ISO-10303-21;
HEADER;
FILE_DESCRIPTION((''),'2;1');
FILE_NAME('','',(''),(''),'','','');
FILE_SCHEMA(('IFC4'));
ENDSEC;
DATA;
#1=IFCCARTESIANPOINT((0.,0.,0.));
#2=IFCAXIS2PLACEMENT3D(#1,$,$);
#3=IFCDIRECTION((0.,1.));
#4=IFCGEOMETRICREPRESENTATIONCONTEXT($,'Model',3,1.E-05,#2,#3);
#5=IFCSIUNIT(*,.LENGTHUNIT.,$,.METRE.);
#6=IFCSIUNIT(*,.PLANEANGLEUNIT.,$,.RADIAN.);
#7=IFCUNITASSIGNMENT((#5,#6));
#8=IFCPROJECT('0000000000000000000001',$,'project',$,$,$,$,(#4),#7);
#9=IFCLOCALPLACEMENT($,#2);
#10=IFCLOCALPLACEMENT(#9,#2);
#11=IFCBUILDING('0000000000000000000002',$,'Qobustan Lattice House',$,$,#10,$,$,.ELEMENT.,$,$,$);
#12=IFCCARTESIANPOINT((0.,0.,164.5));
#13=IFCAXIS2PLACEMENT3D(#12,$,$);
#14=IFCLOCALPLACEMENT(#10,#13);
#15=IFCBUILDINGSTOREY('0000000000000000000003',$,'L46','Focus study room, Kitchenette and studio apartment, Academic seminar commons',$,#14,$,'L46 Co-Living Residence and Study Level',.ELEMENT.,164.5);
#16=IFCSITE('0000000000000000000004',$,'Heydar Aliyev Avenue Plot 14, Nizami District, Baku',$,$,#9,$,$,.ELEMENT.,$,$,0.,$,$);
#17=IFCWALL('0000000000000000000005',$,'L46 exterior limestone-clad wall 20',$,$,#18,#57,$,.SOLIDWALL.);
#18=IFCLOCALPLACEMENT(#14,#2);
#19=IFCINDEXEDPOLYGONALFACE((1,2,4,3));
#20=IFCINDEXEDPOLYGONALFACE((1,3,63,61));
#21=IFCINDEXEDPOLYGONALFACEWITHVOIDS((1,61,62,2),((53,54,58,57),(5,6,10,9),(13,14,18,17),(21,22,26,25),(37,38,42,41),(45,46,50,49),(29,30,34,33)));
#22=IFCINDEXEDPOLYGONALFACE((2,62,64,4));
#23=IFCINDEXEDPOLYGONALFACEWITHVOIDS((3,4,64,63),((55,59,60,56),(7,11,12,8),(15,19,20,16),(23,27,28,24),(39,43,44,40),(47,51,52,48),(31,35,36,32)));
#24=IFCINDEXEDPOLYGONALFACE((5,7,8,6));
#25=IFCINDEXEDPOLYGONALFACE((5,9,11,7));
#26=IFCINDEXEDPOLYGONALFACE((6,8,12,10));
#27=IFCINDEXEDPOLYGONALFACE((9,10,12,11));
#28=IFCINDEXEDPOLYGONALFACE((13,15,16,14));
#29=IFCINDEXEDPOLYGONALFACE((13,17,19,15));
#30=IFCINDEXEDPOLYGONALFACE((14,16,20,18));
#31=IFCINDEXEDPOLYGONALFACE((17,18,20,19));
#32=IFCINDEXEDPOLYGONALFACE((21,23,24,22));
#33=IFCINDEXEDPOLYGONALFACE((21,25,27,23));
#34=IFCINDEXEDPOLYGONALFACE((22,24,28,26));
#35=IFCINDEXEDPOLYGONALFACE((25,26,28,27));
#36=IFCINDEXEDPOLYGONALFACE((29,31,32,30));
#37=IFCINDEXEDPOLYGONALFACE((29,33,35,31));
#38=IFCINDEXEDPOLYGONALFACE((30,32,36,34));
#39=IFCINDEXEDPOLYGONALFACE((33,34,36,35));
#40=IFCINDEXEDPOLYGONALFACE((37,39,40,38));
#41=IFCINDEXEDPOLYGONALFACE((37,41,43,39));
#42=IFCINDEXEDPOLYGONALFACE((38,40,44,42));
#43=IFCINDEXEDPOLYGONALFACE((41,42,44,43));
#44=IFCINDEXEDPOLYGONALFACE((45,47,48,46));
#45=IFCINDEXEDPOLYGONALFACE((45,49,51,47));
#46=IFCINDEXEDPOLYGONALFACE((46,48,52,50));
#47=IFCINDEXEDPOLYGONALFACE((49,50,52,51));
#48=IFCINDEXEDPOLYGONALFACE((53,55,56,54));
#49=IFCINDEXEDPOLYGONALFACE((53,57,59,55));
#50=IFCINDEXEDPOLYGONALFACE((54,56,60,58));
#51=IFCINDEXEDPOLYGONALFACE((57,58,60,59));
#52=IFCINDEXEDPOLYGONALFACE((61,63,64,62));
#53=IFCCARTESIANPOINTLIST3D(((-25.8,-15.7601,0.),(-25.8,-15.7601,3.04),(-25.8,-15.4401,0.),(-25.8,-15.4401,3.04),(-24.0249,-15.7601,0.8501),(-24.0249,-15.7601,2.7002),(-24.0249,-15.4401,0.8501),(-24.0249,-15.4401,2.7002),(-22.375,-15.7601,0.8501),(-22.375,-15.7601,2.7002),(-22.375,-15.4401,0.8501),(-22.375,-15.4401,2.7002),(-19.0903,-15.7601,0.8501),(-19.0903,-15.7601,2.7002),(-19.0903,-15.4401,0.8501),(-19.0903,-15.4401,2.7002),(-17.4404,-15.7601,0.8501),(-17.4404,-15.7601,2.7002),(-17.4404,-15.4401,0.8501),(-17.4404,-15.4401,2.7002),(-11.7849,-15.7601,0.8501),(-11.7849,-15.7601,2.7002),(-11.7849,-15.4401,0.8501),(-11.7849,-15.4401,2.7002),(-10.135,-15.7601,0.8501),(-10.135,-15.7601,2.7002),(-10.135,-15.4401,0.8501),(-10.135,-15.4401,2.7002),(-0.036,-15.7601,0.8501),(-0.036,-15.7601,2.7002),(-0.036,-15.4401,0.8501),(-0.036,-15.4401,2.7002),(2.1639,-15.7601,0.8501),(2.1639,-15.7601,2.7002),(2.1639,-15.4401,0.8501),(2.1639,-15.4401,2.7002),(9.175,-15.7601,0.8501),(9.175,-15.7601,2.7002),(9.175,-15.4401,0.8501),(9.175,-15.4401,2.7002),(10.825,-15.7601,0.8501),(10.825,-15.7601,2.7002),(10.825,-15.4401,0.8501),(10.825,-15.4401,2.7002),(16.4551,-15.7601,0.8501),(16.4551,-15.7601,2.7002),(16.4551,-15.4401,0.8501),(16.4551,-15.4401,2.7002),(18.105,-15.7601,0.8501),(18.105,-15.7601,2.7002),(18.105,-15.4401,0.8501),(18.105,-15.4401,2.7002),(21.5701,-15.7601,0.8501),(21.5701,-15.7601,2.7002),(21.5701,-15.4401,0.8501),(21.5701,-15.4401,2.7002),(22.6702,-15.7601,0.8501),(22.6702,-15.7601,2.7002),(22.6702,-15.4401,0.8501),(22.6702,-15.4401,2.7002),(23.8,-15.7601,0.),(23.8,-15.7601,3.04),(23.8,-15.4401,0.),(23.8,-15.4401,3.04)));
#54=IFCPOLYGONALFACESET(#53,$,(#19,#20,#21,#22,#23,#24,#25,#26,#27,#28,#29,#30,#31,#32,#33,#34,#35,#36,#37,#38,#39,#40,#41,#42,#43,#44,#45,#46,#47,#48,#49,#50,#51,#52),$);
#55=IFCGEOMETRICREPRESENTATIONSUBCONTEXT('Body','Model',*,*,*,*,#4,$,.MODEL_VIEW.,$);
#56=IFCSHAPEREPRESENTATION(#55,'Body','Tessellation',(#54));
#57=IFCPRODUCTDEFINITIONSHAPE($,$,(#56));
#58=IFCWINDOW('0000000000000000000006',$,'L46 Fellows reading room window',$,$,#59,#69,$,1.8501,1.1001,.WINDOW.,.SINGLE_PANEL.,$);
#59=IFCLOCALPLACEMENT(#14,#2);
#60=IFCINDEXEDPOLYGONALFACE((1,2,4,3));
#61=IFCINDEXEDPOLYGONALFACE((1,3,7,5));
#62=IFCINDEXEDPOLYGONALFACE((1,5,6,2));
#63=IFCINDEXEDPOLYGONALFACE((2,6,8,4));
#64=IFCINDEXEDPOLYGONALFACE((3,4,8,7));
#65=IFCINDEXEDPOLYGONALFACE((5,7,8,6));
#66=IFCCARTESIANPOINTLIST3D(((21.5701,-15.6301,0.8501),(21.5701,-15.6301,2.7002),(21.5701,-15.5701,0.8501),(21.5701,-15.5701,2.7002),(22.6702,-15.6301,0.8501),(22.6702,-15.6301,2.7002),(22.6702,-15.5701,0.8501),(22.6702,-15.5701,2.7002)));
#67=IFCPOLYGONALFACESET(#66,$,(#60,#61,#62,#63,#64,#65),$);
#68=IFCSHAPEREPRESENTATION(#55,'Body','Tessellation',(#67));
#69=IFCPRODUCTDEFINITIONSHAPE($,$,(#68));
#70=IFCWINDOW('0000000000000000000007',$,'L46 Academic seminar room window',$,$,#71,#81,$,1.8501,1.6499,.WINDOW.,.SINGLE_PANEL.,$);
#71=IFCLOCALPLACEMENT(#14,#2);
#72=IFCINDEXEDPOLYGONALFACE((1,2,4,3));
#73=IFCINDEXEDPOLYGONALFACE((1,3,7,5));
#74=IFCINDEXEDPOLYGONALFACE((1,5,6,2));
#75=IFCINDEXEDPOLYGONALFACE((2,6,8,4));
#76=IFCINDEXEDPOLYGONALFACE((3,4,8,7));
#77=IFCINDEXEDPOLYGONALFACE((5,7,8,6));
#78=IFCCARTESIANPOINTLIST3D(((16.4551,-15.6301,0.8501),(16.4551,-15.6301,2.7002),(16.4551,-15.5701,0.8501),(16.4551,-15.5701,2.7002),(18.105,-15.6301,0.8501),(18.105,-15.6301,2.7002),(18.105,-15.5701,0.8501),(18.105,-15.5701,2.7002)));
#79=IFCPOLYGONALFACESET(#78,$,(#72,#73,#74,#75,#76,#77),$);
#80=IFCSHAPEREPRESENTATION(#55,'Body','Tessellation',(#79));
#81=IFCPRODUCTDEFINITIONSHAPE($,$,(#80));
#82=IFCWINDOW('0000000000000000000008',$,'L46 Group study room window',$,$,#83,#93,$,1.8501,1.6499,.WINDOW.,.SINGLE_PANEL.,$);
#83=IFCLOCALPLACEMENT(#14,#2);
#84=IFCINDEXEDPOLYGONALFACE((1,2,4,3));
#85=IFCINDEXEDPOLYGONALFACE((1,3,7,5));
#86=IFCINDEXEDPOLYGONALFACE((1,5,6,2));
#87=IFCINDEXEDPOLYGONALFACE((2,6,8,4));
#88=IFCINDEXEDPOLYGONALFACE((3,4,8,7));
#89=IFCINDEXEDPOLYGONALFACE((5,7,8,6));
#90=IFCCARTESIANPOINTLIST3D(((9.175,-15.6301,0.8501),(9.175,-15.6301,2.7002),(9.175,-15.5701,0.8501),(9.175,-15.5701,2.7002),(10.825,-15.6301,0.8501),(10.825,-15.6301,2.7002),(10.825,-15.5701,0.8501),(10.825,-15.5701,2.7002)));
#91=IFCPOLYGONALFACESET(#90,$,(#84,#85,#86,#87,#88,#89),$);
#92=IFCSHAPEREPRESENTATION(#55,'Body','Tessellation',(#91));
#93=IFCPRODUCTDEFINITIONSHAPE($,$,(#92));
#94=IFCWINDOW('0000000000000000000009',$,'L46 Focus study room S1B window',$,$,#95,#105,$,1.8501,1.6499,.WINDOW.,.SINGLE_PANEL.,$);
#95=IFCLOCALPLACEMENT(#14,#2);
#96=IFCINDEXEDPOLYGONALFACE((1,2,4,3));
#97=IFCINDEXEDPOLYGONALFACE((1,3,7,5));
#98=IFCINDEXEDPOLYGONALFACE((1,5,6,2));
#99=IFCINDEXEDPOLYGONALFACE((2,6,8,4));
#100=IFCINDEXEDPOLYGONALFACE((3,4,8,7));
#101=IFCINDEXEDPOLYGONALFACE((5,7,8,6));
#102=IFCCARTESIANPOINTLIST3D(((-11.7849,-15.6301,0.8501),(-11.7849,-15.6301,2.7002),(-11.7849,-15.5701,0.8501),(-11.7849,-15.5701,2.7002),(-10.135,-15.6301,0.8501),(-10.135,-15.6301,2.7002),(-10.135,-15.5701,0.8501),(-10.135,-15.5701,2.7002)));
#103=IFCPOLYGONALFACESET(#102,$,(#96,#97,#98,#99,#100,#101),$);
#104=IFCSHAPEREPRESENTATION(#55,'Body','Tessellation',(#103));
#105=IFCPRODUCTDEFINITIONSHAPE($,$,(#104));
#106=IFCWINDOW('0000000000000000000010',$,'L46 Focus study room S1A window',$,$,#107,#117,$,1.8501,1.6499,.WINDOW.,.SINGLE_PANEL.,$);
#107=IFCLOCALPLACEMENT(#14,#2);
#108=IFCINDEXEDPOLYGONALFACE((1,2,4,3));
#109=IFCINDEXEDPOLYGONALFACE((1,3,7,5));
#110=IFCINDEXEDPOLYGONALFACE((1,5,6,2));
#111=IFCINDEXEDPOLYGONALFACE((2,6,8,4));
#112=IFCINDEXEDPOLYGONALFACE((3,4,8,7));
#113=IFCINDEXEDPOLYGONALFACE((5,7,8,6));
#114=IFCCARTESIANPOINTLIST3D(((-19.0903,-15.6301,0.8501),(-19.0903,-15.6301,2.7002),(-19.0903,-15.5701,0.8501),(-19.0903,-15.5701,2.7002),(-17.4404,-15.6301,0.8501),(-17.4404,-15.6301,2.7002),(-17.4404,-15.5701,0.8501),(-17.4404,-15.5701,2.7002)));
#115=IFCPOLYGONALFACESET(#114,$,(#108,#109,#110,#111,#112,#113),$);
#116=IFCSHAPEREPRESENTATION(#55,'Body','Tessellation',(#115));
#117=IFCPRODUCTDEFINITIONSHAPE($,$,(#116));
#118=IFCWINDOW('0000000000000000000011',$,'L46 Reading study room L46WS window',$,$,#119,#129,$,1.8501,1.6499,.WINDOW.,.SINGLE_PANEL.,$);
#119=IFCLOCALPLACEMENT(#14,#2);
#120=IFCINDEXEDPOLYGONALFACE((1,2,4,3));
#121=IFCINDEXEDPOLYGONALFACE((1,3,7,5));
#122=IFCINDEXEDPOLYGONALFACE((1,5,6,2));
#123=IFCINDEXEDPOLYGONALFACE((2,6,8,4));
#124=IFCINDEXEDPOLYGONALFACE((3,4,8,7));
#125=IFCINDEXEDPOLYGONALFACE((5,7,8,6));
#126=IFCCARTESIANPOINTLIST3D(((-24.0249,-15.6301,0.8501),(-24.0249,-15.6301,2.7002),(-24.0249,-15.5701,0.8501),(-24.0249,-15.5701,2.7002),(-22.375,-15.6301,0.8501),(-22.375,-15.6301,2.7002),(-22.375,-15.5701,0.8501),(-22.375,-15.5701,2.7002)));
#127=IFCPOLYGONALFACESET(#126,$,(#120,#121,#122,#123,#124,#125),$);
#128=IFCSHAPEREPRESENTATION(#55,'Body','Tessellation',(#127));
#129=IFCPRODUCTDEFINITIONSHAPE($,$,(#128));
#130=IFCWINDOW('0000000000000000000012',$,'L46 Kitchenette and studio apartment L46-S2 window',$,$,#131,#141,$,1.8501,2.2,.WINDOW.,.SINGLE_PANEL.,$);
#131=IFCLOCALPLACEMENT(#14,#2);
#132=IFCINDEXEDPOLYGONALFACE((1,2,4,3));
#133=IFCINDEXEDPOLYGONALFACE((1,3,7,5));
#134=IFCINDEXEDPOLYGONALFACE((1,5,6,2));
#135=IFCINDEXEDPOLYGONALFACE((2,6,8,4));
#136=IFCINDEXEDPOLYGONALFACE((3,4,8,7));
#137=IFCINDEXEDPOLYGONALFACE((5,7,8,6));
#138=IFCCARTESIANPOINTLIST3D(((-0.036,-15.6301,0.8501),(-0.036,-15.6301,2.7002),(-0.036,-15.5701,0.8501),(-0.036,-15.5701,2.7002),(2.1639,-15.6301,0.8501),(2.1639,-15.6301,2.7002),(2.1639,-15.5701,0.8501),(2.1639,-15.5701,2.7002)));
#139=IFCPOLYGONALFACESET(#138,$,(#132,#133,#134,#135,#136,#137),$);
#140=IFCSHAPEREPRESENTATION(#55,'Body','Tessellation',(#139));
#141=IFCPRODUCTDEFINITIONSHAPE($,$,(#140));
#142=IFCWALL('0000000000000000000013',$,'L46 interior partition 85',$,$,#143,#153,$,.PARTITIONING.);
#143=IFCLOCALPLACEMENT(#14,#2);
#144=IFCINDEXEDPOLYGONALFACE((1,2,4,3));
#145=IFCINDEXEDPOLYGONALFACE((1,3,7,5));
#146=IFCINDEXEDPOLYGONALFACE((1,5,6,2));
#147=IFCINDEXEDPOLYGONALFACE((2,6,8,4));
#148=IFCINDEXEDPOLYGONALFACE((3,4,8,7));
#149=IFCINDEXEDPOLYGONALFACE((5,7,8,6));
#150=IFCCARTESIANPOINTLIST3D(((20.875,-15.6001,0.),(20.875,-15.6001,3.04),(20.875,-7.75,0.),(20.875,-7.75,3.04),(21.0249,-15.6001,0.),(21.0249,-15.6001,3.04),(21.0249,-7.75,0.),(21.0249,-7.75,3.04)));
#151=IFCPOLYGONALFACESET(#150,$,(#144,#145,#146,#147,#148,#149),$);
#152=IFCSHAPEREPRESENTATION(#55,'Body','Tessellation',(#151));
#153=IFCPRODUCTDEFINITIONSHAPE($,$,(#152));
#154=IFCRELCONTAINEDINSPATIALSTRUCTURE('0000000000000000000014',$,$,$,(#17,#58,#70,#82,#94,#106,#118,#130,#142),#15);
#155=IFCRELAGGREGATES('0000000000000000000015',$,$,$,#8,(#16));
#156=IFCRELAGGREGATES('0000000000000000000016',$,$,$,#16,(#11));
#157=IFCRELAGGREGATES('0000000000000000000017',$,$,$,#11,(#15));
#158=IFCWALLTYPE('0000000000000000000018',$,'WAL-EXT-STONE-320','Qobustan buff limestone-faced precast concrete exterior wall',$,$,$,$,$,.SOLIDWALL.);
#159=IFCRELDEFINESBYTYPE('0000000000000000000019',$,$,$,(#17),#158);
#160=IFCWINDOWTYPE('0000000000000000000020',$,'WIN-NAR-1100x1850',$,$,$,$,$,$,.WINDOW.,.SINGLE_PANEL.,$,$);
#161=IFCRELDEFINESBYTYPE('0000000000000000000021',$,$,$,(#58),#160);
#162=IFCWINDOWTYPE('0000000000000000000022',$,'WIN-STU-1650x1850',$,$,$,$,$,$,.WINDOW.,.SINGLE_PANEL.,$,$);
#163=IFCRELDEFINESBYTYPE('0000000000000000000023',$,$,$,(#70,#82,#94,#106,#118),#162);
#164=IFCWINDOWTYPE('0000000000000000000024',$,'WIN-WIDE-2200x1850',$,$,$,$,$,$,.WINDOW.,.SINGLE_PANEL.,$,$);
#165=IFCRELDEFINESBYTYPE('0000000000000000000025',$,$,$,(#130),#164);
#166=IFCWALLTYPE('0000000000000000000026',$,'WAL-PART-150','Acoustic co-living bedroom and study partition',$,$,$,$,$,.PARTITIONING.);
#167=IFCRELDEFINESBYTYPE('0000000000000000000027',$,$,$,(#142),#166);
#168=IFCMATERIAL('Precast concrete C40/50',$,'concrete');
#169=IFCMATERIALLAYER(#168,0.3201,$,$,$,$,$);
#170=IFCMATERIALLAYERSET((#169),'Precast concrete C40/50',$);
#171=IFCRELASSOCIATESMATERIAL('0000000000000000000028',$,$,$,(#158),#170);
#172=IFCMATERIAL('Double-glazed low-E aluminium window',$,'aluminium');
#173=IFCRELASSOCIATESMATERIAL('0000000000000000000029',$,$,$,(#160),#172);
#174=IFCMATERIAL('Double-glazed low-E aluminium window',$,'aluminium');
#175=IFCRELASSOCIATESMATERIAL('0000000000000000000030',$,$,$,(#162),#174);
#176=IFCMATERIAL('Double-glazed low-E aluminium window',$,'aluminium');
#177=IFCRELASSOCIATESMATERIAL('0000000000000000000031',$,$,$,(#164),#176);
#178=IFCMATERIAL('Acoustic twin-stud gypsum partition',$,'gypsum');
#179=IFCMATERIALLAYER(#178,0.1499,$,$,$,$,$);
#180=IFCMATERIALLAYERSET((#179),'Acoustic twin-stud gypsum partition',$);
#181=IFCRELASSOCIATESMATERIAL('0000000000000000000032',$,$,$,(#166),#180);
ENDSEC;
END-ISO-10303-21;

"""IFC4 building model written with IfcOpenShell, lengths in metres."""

from ifc_helpers import new_model, si_unit, direction, frame, frame_2d, origin, place, context, subcontext, project, spatial, rectangle, extrude, material, layer, layer_set, type_object, element, fill, save


model = new_model("IFC4")

# Units and contexts
model_context = context("Model", 3, precision=1e-05, world=origin(), true_north=direction((0.0, 1.0)))
body_context = subcontext(model_context, "Body", "Model", "MODEL_VIEW")
ifc_project = project(units=[si_unit("LENGTHUNIT", "METRE"), si_unit("PLANEANGLEUNIT", "RADIAN")], contexts=[model_context])

# Site, building, storey
site_placement = place(None, origin())
site = spatial("IfcSite", under=ifc_project, at=site_placement, Name="Heydar Aliyev Avenue Plot 14, Nizami District, Baku", CompositionType="ELEMENT", RefElevation=0.0)
building_placement = place(site_placement, origin())
building = spatial("IfcBuilding", under=site, at=building_placement, Name="Qobustan Lattice House", CompositionType="ELEMENT")
storey_placement = place(building_placement, frame((0.0, 0.0, 164.5)))
storey = spatial("IfcBuildingStorey", under=building, at=storey_placement, Name="L46", Description="Focus study room, Kitchenette and studio apartment, Academic seminar commons", LongName="L46 Co-Living Residence and Study Level", CompositionType="ELEMENT", Elevation=164.5)

# Shared definitions
ifc_material_1 = material(Name="Precast concrete C40/50", Category="concrete")
ifc_layer_1 = layer(ifc_material_1, 0.3201)
ifc_layer_set_1 = layer_set([ifc_layer_1], Name="Precast concrete C40/50")
wall_type_1 = type_object("IfcWallType", Name="WAL-EXT-STONE-320", Description="Qobustan buff limestone-faced precast concrete exterior wall", PredefinedType="SOLIDWALL", material=ifc_layer_set_1)

# Wall, openings, windows
wall_1_placement = place(storey_placement, frame((23.8, -15.6001, 0.0), z_axis=(0.0, 0.0, 1.0), x_axis=(-1.0, 0.0, 0.0)))
wall_1 = element("IfcWall", 1, at=wall_1_placement, inside=storey, type_object=wall_type_1, Name="L46 exterior limestone-clad wall 20", PredefinedType="SOLIDWALL", context=body_context, shape_type="SweptSolid", body=[
    extrude(rectangle(XDim=49.6001, YDim=0.3201, at=frame_2d((24.8, 0.0))), origin(), (0.0, 0.0, 1.0), 3.04),
])
opening_1_placement = place(wall_1_placement, frame((1.1299, 0.0, 0.8501)))
opening_1 = element("IfcOpeningElement", 2, at=opening_1_placement, cuts=wall_1, PredefinedType="OPENING", context=body_context, shape_type="SweptSolid", body=[
    extrude(rectangle(XDim=1.1001, YDim=1.8501, at=frame_2d((0.55, 0.925))), frame((0.0, 0.1699, 0.0), z_axis=(0.0, -1.0, 0.0), x_axis=(1.0, 0.0, 0.0)), (0.0, 0.0, 1.0), 0.3401),
])
opening_2_placement = place(wall_1_placement, frame((5.6951, 0.0, 0.8501)))
opening_2 = element("IfcOpeningElement", 3, at=opening_2_placement, cuts=wall_1, PredefinedType="OPENING", context=body_context, shape_type="SweptSolid", body=[
    extrude(rectangle(XDim=1.6499, YDim=1.8501, at=frame_2d((0.825, 0.925))), frame((0.0, 0.1699, 0.0), z_axis=(0.0, -1.0, 0.0), x_axis=(1.0, 0.0, 0.0)), (0.0, 0.0, 1.0), 0.3401),
])
opening_3_placement = place(wall_1_placement, frame((12.9751, 0.0, 0.8501)))
opening_3 = element("IfcOpeningElement", 4, at=opening_3_placement, cuts=wall_1, PredefinedType="OPENING", context=body_context, shape_type="SweptSolid", body=[
    extrude(rectangle(XDim=1.6499, YDim=1.8501, at=frame_2d((0.825, 0.925))), frame((0.0, 0.1699, 0.0), z_axis=(0.0, -1.0, 0.0), x_axis=(1.0, 0.0, 0.0)), (0.0, 0.0, 1.0), 0.3401),
])
opening_4_placement = place(wall_1_placement, frame((21.636, 0.0, 0.8501)))
opening_4 = element("IfcOpeningElement", 5, at=opening_4_placement, cuts=wall_1, PredefinedType="OPENING", context=body_context, shape_type="SweptSolid", body=[
    extrude(rectangle(XDim=2.2, YDim=1.8501, at=frame_2d((1.1001, 0.925))), frame((0.0, 0.1699, 0.0), z_axis=(0.0, -1.0, 0.0), x_axis=(1.0, 0.0, 0.0)), (0.0, 0.0, 1.0), 0.3401),
])
opening_5_placement = place(wall_1_placement, frame((33.9351, 0.0, 0.8501)))
opening_5 = element("IfcOpeningElement", 6, at=opening_5_placement, cuts=wall_1, PredefinedType="OPENING", context=body_context, shape_type="SweptSolid", body=[
    extrude(rectangle(XDim=1.6499, YDim=1.8501, at=frame_2d((0.825, 0.925))), frame((0.0, 0.1699, 0.0), z_axis=(0.0, -1.0, 0.0), x_axis=(1.0, 0.0, 0.0)), (0.0, 0.0, 1.0), 0.3401),
])
opening_6_placement = place(wall_1_placement, frame((41.2405, 0.0, 0.8501)))
opening_6 = element("IfcOpeningElement", 7, at=opening_6_placement, cuts=wall_1, PredefinedType="OPENING", context=body_context, shape_type="SweptSolid", body=[
    extrude(rectangle(XDim=1.6499, YDim=1.8501, at=frame_2d((0.825, 0.925))), frame((0.0, 0.1699, 0.0), z_axis=(0.0, -1.0, 0.0), x_axis=(1.0, 0.0, 0.0)), (0.0, 0.0, 1.0), 0.3401),
])
opening_7_placement = place(wall_1_placement, frame((46.175, 0.0, 0.8501)))
opening_7 = element("IfcOpeningElement", 8, at=opening_7_placement, cuts=wall_1, PredefinedType="OPENING", context=body_context, shape_type="SweptSolid", body=[
    extrude(rectangle(XDim=1.6499, YDim=1.8501, at=frame_2d((0.825, 0.925))), frame((0.0, 0.1699, 0.0), z_axis=(0.0, -1.0, 0.0), x_axis=(1.0, 0.0, 0.0)), (0.0, 0.0, 1.0), 0.3401),
])
ifc_material_2 = material(Name="Double-glazed low-E aluminium window", Category="aluminium")
window_type_1 = type_object("IfcWindowType", Name="WIN-NAR-1100x1850", PartitioningType="SINGLE_PANEL", PredefinedType="WINDOW", material=ifc_material_2)
window_1_placement = place(opening_1_placement, origin())
window_1 = element("IfcWindow", 9, at=window_1_placement, inside=storey, type_object=window_type_1, Name="L46 Fellows reading room window", OverallHeight=1.8501, OverallWidth=1.1001, PartitioningType="SINGLE_PANEL", PredefinedType="WINDOW", context=body_context, shape_type="SweptSolid", body=[
    extrude(rectangle(XDim=1.1001, YDim=1.8501, at=frame_2d((0.55, 0.925))), frame((0.0, 0.03, 0.0), z_axis=(0.0, -1.0, 0.0), x_axis=(1.0, 0.0, 0.0)), (0.0, 0.0, 1.0), 0.0601),
])
fill(opening_1, window_1)
ifc_material_3 = material(Name="Double-glazed low-E aluminium window", Category="aluminium")
window_type_2 = type_object("IfcWindowType", Name="WIN-STU-1650x1850", PartitioningType="SINGLE_PANEL", PredefinedType="WINDOW", material=ifc_material_3)
window_2_placement = place(opening_2_placement, origin())
window_2 = element("IfcWindow", 10, at=window_2_placement, inside=storey, type_object=window_type_2, Name="L46 Academic seminar room window", OverallHeight=1.8501, OverallWidth=1.6499, PartitioningType="SINGLE_PANEL", PredefinedType="WINDOW", context=body_context, shape_type="SweptSolid", body=[
    extrude(rectangle(XDim=1.6499, YDim=1.8501, at=frame_2d((0.825, 0.925))), frame((0.0, 0.03, 0.0), z_axis=(0.0, -1.0, 0.0), x_axis=(1.0, 0.0, 0.0)), (0.0, 0.0, 1.0), 0.0601),
])
fill(opening_2, window_2)
window_3_placement = place(opening_3_placement, origin())
window_3 = element("IfcWindow", 11, at=window_3_placement, inside=storey, type_object=window_type_2, Name="L46 Group study room window", OverallHeight=1.8501, OverallWidth=1.6499, PartitioningType="SINGLE_PANEL", PredefinedType="WINDOW", context=body_context, shape_type="SweptSolid", body=[
    extrude(rectangle(XDim=1.6499, YDim=1.8501, at=frame_2d((0.825, 0.925))), frame((0.0, 0.03, 0.0), z_axis=(0.0, -1.0, 0.0), x_axis=(1.0, 0.0, 0.0)), (0.0, 0.0, 1.0), 0.0601),
])
fill(opening_3, window_3)
window_4_placement = place(opening_5_placement, origin())
window_4 = element("IfcWindow", 12, at=window_4_placement, inside=storey, type_object=window_type_2, Name="L46 Focus study room S1B window", OverallHeight=1.8501, OverallWidth=1.6499, PartitioningType="SINGLE_PANEL", PredefinedType="WINDOW", context=body_context, shape_type="SweptSolid", body=[
    extrude(rectangle(XDim=1.6499, YDim=1.8501, at=frame_2d((0.825, 0.925))), frame((0.0, 0.03, 0.0), z_axis=(0.0, -1.0, 0.0), x_axis=(1.0, 0.0, 0.0)), (0.0, 0.0, 1.0), 0.0601),
])
fill(opening_5, window_4)
window_5_placement = place(opening_6_placement, origin())
window_5 = element("IfcWindow", 13, at=window_5_placement, inside=storey, type_object=window_type_2, Name="L46 Focus study room S1A window", OverallHeight=1.8501, OverallWidth=1.6499, PartitioningType="SINGLE_PANEL", PredefinedType="WINDOW", context=body_context, shape_type="SweptSolid", body=[
    extrude(rectangle(XDim=1.6499, YDim=1.8501, at=frame_2d((0.825, 0.925))), frame((0.0, 0.03, 0.0), z_axis=(0.0, -1.0, 0.0), x_axis=(1.0, 0.0, 0.0)), (0.0, 0.0, 1.0), 0.0601),
])
fill(opening_6, window_5)
window_6_placement = place(opening_7_placement, origin())
window_6 = element("IfcWindow", 14, at=window_6_placement, inside=storey, type_object=window_type_2, Name="L46 Reading study room L46WS window", OverallHeight=1.8501, OverallWidth=1.6499, PartitioningType="SINGLE_PANEL", PredefinedType="WINDOW", context=body_context, shape_type="SweptSolid", body=[
    extrude(rectangle(XDim=1.6499, YDim=1.8501, at=frame_2d((0.825, 0.925))), frame((0.0, 0.03, 0.0), z_axis=(0.0, -1.0, 0.0), x_axis=(1.0, 0.0, 0.0)), (0.0, 0.0, 1.0), 0.0601),
])
fill(opening_7, window_6)
ifc_material_4 = material(Name="Double-glazed low-E aluminium window", Category="aluminium")
window_type_3 = type_object("IfcWindowType", Name="WIN-WIDE-2200x1850", PartitioningType="SINGLE_PANEL", PredefinedType="WINDOW", material=ifc_material_4)
window_7_placement = place(opening_4_placement, origin())
window_7 = element("IfcWindow", 15, at=window_7_placement, inside=storey, type_object=window_type_3, Name="L46 Kitchenette and studio apartment L46-S2 window", OverallHeight=1.8501, OverallWidth=2.2, PartitioningType="SINGLE_PANEL", PredefinedType="WINDOW", context=body_context, shape_type="SweptSolid", body=[
    extrude(rectangle(XDim=2.2, YDim=1.8501, at=frame_2d((1.1001, 0.925))), frame((0.0, 0.03, 0.0), z_axis=(0.0, -1.0, 0.0), x_axis=(1.0, 0.0, 0.0)), (0.0, 0.0, 1.0), 0.0601),
])
fill(opening_4, window_7)

# Wall
ifc_material_5 = material(Name="Acoustic twin-stud gypsum partition", Category="gypsum")
ifc_layer_2 = layer(ifc_material_5, 0.1499)
ifc_layer_set_2 = layer_set([ifc_layer_2], Name="Acoustic twin-stud gypsum partition")
wall_type_2 = type_object("IfcWallType", Name="WAL-PART-150", Description="Acoustic co-living bedroom and study partition", PredefinedType="PARTITIONING", material=ifc_layer_set_2)
wall_2_placement = place(storey_placement, frame((20.95, -15.6001, 0.0), z_axis=(0.0, 0.0, 1.0), x_axis=(0.0, 1.0, 0.0)))
element("IfcWall", 16, at=wall_2_placement, inside=storey, type_object=wall_type_2, Name="L46 interior partition 85", PredefinedType="PARTITIONING", context=body_context, shape_type="SweptSolid", body=[
    extrude(rectangle(XDim=7.8501, YDim=0.1499, at=frame_2d((3.925, 0.0))), origin(), (0.0, 0.0, 1.0), 3.04),
])

save(model, "model.ifc")
